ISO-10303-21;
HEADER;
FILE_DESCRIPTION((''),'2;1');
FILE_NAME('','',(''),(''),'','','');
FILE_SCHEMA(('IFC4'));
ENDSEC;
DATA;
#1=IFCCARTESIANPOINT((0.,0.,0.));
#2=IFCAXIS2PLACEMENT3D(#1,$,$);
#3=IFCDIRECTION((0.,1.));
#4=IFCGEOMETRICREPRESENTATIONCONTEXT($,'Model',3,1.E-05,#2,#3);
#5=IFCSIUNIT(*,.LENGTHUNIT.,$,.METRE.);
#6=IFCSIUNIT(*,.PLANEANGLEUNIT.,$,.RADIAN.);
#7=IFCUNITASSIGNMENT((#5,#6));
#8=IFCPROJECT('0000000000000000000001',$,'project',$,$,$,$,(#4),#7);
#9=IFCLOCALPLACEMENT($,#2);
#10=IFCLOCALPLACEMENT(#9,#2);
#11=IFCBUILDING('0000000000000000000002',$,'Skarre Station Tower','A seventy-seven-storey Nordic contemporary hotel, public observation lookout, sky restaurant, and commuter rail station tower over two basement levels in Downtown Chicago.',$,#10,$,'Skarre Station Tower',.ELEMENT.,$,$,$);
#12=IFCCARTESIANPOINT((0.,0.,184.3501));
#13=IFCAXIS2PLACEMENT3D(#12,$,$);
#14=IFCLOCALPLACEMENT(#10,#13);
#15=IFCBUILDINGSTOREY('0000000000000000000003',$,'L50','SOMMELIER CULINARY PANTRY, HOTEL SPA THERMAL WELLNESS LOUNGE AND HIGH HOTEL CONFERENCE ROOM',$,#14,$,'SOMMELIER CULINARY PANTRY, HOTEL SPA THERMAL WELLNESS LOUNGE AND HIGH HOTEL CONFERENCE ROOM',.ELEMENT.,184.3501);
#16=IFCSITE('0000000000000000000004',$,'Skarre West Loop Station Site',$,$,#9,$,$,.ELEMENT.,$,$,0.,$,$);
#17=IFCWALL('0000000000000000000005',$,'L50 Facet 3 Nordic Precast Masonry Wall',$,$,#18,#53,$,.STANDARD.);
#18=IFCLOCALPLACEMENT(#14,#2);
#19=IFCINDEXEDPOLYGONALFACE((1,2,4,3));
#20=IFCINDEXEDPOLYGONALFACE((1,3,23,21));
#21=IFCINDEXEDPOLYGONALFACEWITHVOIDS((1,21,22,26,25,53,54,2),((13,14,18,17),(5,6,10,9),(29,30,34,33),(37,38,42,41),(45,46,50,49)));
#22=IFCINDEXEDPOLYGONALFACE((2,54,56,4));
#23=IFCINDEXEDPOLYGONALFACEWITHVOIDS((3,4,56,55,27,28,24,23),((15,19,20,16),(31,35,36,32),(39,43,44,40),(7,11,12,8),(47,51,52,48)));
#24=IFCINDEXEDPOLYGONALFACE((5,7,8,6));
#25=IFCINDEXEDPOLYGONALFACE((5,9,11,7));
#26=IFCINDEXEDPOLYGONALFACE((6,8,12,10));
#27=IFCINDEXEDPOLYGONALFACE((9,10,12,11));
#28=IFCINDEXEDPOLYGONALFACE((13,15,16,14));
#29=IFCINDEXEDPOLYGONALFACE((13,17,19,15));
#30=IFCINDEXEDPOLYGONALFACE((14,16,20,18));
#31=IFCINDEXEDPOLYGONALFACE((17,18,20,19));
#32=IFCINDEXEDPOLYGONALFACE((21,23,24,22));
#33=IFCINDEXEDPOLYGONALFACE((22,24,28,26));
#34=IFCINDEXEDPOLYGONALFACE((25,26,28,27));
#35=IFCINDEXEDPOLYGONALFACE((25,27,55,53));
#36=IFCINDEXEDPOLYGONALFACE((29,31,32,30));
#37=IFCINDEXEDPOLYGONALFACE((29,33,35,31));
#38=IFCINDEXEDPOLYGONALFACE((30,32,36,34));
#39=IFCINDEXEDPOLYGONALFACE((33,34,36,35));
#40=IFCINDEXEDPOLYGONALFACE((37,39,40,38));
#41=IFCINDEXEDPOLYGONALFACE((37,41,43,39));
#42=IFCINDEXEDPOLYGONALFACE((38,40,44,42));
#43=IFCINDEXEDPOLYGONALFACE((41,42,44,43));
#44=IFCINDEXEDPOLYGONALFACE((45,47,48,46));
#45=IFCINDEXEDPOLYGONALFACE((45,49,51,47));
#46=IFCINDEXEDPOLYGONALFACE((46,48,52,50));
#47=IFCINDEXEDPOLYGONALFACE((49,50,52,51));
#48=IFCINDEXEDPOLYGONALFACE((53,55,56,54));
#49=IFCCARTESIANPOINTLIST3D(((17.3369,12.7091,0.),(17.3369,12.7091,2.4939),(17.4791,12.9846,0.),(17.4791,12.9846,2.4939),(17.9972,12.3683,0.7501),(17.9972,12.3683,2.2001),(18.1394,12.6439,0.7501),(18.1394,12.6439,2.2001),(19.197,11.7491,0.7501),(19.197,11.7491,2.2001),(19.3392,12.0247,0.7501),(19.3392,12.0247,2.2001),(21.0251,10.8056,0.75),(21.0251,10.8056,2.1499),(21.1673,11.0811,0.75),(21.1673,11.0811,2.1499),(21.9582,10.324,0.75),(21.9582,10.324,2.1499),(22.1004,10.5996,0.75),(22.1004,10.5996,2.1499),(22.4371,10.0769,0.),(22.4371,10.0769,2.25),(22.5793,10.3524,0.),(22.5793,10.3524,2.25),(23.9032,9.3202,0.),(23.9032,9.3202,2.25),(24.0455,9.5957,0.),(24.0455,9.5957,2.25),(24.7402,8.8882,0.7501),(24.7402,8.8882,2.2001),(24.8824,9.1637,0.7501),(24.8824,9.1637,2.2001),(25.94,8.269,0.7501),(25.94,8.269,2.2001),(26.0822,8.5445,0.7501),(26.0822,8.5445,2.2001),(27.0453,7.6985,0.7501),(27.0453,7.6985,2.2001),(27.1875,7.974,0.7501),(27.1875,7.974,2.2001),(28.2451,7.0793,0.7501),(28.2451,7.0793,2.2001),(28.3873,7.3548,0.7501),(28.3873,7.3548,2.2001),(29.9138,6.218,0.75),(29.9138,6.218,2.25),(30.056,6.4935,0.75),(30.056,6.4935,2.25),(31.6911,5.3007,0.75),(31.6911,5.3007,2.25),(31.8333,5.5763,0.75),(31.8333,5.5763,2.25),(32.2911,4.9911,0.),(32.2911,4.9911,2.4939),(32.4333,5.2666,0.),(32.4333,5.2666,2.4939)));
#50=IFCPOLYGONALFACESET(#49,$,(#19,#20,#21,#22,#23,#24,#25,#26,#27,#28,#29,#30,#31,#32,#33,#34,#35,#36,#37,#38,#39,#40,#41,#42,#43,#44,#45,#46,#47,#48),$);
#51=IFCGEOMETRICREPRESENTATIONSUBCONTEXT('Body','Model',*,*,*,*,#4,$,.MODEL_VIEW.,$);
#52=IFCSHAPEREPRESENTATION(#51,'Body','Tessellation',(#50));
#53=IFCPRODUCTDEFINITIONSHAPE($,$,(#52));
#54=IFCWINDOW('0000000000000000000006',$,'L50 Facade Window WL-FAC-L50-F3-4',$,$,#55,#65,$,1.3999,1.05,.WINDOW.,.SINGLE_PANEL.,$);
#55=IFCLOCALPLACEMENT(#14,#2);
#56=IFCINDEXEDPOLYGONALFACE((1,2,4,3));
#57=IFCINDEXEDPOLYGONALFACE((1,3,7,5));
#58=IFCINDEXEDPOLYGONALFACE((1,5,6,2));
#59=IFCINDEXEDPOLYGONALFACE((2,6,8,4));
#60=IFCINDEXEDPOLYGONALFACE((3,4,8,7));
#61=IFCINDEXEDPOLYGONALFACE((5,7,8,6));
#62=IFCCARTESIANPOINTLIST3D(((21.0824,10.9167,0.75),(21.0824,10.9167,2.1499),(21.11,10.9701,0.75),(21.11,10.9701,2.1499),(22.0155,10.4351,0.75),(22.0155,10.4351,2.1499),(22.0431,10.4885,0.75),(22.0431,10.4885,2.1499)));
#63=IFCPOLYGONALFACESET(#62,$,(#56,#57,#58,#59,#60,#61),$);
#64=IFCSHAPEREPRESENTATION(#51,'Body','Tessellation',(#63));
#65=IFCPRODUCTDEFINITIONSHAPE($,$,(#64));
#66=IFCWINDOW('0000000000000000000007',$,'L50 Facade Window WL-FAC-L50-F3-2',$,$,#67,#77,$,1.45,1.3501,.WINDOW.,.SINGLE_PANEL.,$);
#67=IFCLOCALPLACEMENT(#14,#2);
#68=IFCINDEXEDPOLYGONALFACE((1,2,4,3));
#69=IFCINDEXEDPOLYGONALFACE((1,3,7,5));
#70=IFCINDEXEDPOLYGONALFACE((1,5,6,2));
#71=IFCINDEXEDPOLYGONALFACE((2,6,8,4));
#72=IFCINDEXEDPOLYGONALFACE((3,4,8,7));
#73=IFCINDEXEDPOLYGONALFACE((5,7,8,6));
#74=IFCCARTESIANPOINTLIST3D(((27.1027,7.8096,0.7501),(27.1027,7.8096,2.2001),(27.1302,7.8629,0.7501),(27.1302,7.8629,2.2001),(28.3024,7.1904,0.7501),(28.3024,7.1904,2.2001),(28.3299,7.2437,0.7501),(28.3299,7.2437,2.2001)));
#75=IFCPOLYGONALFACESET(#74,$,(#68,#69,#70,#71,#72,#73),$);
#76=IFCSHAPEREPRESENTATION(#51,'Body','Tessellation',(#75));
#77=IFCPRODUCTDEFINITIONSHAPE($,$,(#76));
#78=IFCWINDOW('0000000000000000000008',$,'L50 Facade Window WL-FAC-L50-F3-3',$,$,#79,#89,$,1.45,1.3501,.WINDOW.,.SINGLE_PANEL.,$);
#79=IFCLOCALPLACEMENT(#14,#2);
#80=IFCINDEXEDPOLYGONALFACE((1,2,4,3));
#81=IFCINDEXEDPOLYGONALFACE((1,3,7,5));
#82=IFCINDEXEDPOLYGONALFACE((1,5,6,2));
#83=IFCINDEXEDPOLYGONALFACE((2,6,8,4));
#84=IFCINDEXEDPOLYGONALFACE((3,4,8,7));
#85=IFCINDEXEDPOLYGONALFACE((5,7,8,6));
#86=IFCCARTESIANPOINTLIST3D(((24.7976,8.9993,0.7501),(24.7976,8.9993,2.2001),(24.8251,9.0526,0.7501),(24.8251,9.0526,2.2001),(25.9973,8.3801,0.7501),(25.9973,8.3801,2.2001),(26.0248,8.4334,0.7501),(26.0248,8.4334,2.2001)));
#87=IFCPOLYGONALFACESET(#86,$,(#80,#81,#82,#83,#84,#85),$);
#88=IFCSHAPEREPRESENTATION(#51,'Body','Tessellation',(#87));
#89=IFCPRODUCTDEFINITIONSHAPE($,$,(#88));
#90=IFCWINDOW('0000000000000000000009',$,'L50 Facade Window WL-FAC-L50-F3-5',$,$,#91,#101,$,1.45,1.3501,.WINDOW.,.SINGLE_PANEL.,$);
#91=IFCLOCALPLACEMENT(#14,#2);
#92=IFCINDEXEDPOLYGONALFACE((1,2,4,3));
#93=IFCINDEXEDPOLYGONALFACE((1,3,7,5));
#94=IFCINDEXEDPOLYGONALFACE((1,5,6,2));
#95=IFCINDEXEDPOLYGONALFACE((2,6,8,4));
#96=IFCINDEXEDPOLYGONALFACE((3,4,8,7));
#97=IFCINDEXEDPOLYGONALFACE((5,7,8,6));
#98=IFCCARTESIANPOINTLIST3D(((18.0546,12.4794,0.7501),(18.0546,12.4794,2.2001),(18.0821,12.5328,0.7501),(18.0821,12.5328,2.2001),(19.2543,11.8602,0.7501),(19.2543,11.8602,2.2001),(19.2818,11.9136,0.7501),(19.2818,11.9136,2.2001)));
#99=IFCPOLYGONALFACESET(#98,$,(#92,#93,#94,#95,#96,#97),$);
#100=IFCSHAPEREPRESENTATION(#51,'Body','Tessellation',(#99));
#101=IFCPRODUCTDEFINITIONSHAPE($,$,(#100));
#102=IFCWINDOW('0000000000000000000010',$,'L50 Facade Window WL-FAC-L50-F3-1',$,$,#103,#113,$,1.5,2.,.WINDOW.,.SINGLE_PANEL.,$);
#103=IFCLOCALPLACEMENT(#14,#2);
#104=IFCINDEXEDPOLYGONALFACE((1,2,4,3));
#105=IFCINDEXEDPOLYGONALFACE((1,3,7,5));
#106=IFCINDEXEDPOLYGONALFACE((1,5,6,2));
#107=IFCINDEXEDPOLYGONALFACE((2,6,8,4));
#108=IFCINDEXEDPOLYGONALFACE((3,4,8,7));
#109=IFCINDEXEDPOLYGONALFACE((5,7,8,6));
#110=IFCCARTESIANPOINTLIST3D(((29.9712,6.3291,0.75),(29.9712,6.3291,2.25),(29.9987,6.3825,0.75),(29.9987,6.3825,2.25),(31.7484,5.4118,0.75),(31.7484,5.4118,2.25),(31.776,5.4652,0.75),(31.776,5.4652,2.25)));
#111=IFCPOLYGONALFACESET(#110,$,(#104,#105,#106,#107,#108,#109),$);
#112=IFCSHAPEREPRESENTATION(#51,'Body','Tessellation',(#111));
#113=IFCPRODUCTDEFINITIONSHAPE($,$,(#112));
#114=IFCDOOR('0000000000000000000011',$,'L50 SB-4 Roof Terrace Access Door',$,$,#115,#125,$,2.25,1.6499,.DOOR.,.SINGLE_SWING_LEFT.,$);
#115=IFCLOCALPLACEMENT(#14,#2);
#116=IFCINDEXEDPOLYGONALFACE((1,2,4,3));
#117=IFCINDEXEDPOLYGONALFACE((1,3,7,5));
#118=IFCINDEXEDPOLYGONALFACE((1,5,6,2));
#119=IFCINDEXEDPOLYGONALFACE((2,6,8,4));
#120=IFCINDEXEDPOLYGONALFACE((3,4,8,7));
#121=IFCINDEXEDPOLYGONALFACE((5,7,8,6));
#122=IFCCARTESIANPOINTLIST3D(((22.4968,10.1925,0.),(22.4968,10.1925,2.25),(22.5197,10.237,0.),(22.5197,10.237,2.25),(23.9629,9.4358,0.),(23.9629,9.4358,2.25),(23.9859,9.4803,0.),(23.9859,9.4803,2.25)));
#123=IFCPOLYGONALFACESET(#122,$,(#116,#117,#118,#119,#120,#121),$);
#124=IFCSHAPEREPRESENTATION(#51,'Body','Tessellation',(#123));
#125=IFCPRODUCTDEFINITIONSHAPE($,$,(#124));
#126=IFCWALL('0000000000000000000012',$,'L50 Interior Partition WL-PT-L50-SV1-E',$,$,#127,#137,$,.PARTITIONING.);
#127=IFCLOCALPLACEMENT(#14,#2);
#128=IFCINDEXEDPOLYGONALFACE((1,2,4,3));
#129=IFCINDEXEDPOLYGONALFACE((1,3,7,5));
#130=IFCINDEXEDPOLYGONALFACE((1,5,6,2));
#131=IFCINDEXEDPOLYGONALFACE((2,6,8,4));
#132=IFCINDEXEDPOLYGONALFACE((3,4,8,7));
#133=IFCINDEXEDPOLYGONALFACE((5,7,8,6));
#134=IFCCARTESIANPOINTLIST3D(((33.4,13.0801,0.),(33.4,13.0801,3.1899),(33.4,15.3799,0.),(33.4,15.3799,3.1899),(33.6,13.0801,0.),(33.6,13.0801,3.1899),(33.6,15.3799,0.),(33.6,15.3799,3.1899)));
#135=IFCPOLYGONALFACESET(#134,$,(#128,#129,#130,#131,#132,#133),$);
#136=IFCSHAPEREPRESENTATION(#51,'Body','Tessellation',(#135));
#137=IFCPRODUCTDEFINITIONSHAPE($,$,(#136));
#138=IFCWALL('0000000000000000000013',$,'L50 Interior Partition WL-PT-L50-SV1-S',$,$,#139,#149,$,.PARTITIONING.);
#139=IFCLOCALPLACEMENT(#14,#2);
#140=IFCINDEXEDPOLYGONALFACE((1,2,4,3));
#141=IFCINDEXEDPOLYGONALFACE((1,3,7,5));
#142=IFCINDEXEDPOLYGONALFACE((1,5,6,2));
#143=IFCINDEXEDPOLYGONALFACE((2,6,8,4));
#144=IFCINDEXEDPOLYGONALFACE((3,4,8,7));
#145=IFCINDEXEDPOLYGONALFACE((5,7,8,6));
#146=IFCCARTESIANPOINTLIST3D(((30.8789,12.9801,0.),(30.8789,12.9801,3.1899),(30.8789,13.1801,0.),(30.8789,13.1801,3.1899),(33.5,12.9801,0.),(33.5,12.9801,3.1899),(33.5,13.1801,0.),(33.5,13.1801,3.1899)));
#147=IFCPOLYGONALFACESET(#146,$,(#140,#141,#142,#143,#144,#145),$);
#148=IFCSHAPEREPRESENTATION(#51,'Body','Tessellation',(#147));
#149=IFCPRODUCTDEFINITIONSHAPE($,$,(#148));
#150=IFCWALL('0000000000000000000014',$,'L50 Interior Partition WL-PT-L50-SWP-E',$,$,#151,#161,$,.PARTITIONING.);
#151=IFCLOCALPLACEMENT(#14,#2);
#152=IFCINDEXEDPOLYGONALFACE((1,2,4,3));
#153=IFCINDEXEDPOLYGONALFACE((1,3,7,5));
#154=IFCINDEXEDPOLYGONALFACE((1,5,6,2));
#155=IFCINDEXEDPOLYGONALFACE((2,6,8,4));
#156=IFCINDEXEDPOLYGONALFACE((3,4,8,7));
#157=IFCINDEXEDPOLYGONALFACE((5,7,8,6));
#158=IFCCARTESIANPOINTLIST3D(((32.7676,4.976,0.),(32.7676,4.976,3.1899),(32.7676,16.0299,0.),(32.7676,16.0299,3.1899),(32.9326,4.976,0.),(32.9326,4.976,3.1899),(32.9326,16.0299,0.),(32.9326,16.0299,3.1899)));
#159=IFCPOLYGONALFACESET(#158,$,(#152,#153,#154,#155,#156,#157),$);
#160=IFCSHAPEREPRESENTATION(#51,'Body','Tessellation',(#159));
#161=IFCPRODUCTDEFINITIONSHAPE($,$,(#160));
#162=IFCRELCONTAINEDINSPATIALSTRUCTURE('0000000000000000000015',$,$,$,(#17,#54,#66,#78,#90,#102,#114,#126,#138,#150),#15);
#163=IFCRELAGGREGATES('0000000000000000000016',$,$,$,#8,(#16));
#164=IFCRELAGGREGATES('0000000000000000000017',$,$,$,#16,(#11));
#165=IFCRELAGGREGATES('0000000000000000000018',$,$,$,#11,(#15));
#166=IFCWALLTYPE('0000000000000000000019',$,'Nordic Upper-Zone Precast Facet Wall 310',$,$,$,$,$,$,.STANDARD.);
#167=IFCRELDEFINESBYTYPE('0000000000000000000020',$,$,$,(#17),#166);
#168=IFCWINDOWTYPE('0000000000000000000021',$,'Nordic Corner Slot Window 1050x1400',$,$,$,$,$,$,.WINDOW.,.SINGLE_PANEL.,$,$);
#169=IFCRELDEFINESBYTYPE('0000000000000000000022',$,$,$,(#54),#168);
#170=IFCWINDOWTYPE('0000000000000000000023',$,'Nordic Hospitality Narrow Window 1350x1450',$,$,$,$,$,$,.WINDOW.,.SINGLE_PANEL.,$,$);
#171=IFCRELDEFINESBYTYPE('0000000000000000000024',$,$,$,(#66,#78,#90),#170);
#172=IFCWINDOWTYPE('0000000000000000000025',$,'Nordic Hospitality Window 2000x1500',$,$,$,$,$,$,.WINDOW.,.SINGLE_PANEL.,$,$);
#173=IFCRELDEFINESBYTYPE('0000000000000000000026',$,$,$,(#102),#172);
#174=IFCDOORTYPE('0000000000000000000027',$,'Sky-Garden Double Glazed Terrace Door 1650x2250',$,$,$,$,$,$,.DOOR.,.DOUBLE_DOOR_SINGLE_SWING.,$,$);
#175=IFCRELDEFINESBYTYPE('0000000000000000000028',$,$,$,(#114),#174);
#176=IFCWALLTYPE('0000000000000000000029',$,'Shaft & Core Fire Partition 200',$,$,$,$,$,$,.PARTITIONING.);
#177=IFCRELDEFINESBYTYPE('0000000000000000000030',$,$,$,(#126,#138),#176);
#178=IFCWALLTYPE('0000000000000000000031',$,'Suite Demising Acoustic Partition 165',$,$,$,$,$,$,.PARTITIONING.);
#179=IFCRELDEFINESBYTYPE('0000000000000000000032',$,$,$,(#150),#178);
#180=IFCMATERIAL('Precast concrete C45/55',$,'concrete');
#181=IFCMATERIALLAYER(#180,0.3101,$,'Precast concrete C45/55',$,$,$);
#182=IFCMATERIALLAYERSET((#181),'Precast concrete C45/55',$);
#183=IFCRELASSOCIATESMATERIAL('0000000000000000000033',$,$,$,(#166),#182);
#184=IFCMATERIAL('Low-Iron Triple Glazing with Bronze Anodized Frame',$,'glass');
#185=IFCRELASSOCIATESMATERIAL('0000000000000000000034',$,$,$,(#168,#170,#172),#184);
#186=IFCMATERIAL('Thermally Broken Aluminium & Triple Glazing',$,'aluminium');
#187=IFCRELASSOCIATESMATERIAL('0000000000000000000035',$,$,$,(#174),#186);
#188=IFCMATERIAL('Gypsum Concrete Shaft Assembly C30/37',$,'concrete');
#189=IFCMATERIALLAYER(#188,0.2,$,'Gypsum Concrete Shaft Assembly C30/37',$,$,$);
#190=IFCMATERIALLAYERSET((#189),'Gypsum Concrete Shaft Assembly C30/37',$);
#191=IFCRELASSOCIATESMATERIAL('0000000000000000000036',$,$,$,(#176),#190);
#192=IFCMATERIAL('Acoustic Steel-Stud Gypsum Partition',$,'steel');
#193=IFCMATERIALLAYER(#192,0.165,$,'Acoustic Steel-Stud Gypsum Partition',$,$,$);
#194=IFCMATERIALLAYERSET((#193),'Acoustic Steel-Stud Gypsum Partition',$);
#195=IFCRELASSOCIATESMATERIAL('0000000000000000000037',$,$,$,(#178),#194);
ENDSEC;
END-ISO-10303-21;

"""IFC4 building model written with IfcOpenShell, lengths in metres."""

from ifc_helpers import new_model, si_unit, direction, frame, frame_2d, origin, place, context, subcontext, project, spatial, rectangle, extrude, material, layer, layer_set, type_object, element, fill, save


model = new_model("IFC4")

# Units and contexts
model_context = context("Model", 3, precision=1e-05, world=origin(), true_north=direction((0.0, 1.0)))
body_context = subcontext(model_context, "Body", "Model", "MODEL_VIEW")
ifc_project = project(units=[si_unit("LENGTHUNIT", "METRE"), si_unit("PLANEANGLEUNIT", "RADIAN")], contexts=[model_context])

# Site, building, storey
site_placement = place(None, origin())
site = spatial("IfcSite", under=ifc_project, at=site_placement, Name="Skarre West Loop Station Site", CompositionType="ELEMENT", RefElevation=0.0)
building_placement = place(site_placement, origin())
building = spatial("IfcBuilding", under=site, at=building_placement, Name="Skarre Station Tower", Description="A seventy-seven-storey Nordic contemporary hotel, public observation lookout, sky restaurant, and commuter rail station tower over two basement levels in Downtown Chicago.", LongName="Skarre Station Tower", CompositionType="ELEMENT")
storey_placement = place(building_placement, frame((0.0, 0.0, 184.3501)))
storey = spatial("IfcBuildingStorey", under=building, at=storey_placement, Name="L50", Description="SOMMELIER CULINARY PANTRY, HOTEL SPA THERMAL WELLNESS LOUNGE AND HIGH HOTEL CONFERENCE ROOM", LongName="SOMMELIER CULINARY PANTRY, HOTEL SPA THERMAL WELLNESS LOUNGE AND HIGH HOTEL CONFERENCE ROOM", CompositionType="ELEMENT", Elevation=184.3501)

# Shared definitions
ifc_material_1 = material(Name="Precast concrete C45/55", Category="concrete")

# Wall, openings, windows, door
ifc_layer_1 = layer(ifc_material_1, 0.3101, Name="Precast concrete C45/55")
ifc_layer_set_1 = layer_set([ifc_layer_1], Name="Precast concrete C45/55")
wall_type_1 = type_object("IfcWallType", Name="Nordic Upper-Zone Precast Facet Wall 310", PredefinedType="STANDARD", material=ifc_layer_set_1)
wall_1_placement = place(storey_placement, frame((32.3621, 5.1289, 0.0), z_axis=(0.0, 0.0, 1.0), x_axis=(-0.888626, 0.458632, 0.0)))
wall_1 = element("IfcWall", 1, at=wall_1_placement, inside=storey, type_object=wall_type_1, Name="L50 Facet 3 Nordic Precast Masonry Wall", PredefinedType="STANDARD", context=body_context, shape_type="SweptSolid", body=[
    extrude(rectangle(XDim=16.8284, YDim=0.3101, at=frame_2d((8.4141, 0.0))), origin(), (0.0, 0.0, 1.0), 2.4939),
])
opening_1_placement = place(wall_1_placement, frame((9.439, 0.0, 0.0)))
opening_1 = element("IfcOpeningElement", 2, at=opening_1_placement, cuts=wall_1, PredefinedType="OPENING", context=body_context, shape_type="SweptSolid", body=[
    extrude(rectangle(XDim=1.6499, YDim=2.25, at=frame_2d((0.825, 1.125))), frame((0.0, 0.165, 0.0), z_axis=(0.0, -1.0, 0.0), x_axis=(1.0, 0.0, 0.0)), (0.0, 0.0, 1.0), 0.3301),
])
opening_2_placement = place(wall_1_placement, frame((0.675, 0.0, 0.75)))
opening_2 = element("IfcOpeningElement", 3, at=opening_2_placement, cuts=wall_1, PredefinedType="OPENING", context=body_context, shape_type="SweptSolid", body=[
    extrude(rectangle(XDim=2.0, YDim=1.5, at=frame_2d((1.0, 0.75))), frame((0.0, 0.165, 0.0), z_axis=(0.0, -1.0, 0.0), x_axis=(1.0, 0.0, 0.0)), (0.0, 0.0, 1.0), 0.3301),
])
opening_3_placement = place(wall_1_placement, frame((4.553, 0.0, 0.75)))
opening_3 = element("IfcOpeningElement", 4, at=opening_3_placement, cuts=wall_1, PredefinedType="OPENING", context=body_context, shape_type="SweptSolid", body=[
    extrude(rectangle(XDim=1.3501, YDim=1.45, at=frame_2d((0.675, 0.7251))), frame((0.0, 0.165, 0.0), z_axis=(0.0, -1.0, 0.0), x_axis=(1.0, 0.0, 0.0)), (0.0, 0.0, 1.0), 0.3301),
])
opening_4_placement = place(wall_1_placement, frame((7.147, 0.0, 0.75)))
opening_4 = element("IfcOpeningElement", 5, at=opening_4_placement, cuts=wall_1, PredefinedType="OPENING", context=body_context, shape_type="SweptSolid", body=[
    extrude(rectangle(XDim=1.3501, YDim=1.45, at=frame_2d((0.675, 0.7251))), frame((0.0, 0.165, 0.0), z_axis=(0.0, -1.0, 0.0), x_axis=(1.0, 0.0, 0.0)), (0.0, 0.0, 1.0), 0.3301),
])
opening_5_placement = place(wall_1_placement, frame((11.6279, 0.0, 0.75)))
opening_5 = element("IfcOpeningElement", 6, at=opening_5_placement, cuts=wall_1, PredefinedType="OPENING", context=body_context, shape_type="SweptSolid", body=[
    extrude(rectangle(XDim=1.05, YDim=1.3999, at=frame_2d((0.5249, 0.7))), frame((0.0, 0.165, 0.0), z_axis=(0.0, -1.0, 0.0), x_axis=(1.0, 0.0, 0.0)), (0.0, 0.0, 1.0), 0.3301),
])
opening_6_placement = place(wall_1_placement, frame((14.7351, 0.0, 0.75)))
opening_6 = element("IfcOpeningElement", 7, at=opening_6_placement, cuts=wall_1, PredefinedType="OPENING", context=body_context, shape_type="SweptSolid", body=[
    extrude(rectangle(XDim=1.3501, YDim=1.45, at=frame_2d((0.675, 0.7251))), frame((0.0, 0.165, 0.0), z_axis=(0.0, -1.0, 0.0), x_axis=(1.0, 0.0, 0.0)), (0.0, 0.0, 1.0), 0.3301),
])
ifc_material_2 = material(Name="Low-Iron Triple Glazing with Bronze Anodized Frame", Category="glass")
window_type_1 = type_object("IfcWindowType", Name="Nordic Corner Slot Window 1050x1400", PartitioningType="SINGLE_PANEL", PredefinedType="WINDOW", material=ifc_material_2)
window_1_placement = place(opening_5_placement, origin())
window_1 = element("IfcWindow", 8, at=window_1_placement, inside=storey, type_object=window_type_1, Name="L50 Facade Window WL-FAC-L50-F3-4", OverallHeight=1.3999, OverallWidth=1.05, PartitioningType="SINGLE_PANEL", PredefinedType="WINDOW", context=body_context, shape_type="SweptSolid", body=[
    extrude(rectangle(XDim=1.05, YDim=1.3999, at=frame_2d((0.5249, 0.7))), frame((0.0, 0.03, 0.0), z_axis=(0.0, -1.0, 0.0), x_axis=(1.0, 0.0, 0.0)), (0.0, 0.0, 1.0), 0.0601),
])
fill(opening_5, window_1)
window_type_2 = type_object("IfcWindowType", Name="Nordic Hospitality Narrow Window 1350x1450", PartitioningType="SINGLE_PANEL", PredefinedType="WINDOW", material=ifc_material_2)
window_2_placement = place(opening_3_placement, origin())
window_2 = element("IfcWindow", 9, at=window_2_placement, inside=storey, type_object=window_type_2, Name="L50 Facade Window WL-FAC-L50-F3-2", OverallHeight=1.45, OverallWidth=1.3501, PartitioningType="SINGLE_PANEL", PredefinedType="WINDOW", context=body_context, shape_type="SweptSolid", body=[
    extrude(rectangle(XDim=1.3501, YDim=1.45, at=frame_2d((0.675, 0.7251))), frame((0.0, 0.03, 0.0), z_axis=(0.0, -1.0, 0.0), x_axis=(1.0, 0.0, 0.0)), (0.0, 0.0, 1.0), 0.0601),
])
fill(opening_3, window_2)
window_3_placement = place(opening_4_placement, origin())
window_3 = element("IfcWindow", 10, at=window_3_placement, inside=storey, type_object=window_type_2, Name="L50 Facade Window WL-FAC-L50-F3-3", OverallHeight=1.45, OverallWidth=1.3501, PartitioningType="SINGLE_PANEL", PredefinedType="WINDOW", context=body_context, shape_type="SweptSolid", body=[
    extrude(rectangle(XDim=1.3501, YDim=1.45, at=frame_2d((0.675, 0.7251))), frame((0.0, 0.03, 0.0), z_axis=(0.0, -1.0, 0.0), x_axis=(1.0, 0.0, 0.0)), (0.0, 0.0, 1.0), 0.0601),
])
fill(opening_4, window_3)
window_4_placement = place(opening_6_placement, origin())
window_4 = element("IfcWindow", 11, at=window_4_placement, inside=storey, type_object=window_type_2, Name="L50 Facade Window WL-FAC-L50-F3-5", OverallHeight=1.45, OverallWidth=1.3501, PartitioningType="SINGLE_PANEL", PredefinedType="WINDOW", context=body_context, shape_type="SweptSolid", body=[
    extrude(rectangle(XDim=1.3501, YDim=1.45, at=frame_2d((0.675, 0.7251))), frame((0.0, 0.03, 0.0), z_axis=(0.0, -1.0, 0.0), x_axis=(1.0, 0.0, 0.0)), (0.0, 0.0, 1.0), 0.0601),
])
fill(opening_6, window_4)
window_type_3 = type_object("IfcWindowType", Name="Nordic Hospitality Window 2000x1500", PartitioningType="SINGLE_PANEL", PredefinedType="WINDOW", material=ifc_material_2)
window_5_placement = place(opening_2_placement, origin())
window_5 = element("IfcWindow", 12, at=window_5_placement, inside=storey, type_object=window_type_3, Name="L50 Facade Window WL-FAC-L50-F3-1", OverallHeight=1.5, OverallWidth=2.0, PartitioningType="SINGLE_PANEL", PredefinedType="WINDOW", context=body_context, shape_type="SweptSolid", body=[
    extrude(rectangle(XDim=2.0, YDim=1.5, at=frame_2d((1.0, 0.75))), frame((0.0, 0.03, 0.0), z_axis=(0.0, -1.0, 0.0), x_axis=(1.0, 0.0, 0.0)), (0.0, 0.0, 1.0), 0.0601),
])
fill(opening_2, window_5)
ifc_material_3 = material(Name="Thermally Broken Aluminium & Triple Glazing", Category="aluminium")
door_type = type_object("IfcDoorType", Name="Sky-Garden Double Glazed Terrace Door 1650x2250", OperationType="DOUBLE_DOOR_SINGLE_SWING", PredefinedType="DOOR", material=ifc_material_3)
door_placement = place(opening_1_placement, origin())
door = element("IfcDoor", 13, at=door_placement, inside=storey, type_object=door_type, Name="L50 SB-4 Roof Terrace Access Door", OperationType="SINGLE_SWING_LEFT", OverallHeight=2.25, OverallWidth=1.6499, PredefinedType="DOOR", context=body_context, shape_type="SweptSolid", body=[
    extrude(rectangle(XDim=1.6499, YDim=2.25, at=frame_2d((0.825, 1.125))), frame((0.0, 0.0249, 0.0), z_axis=(0.0, -1.0, 0.0), x_axis=(1.0, 0.0, 0.0)), (0.0, 0.0, 1.0), 0.05),
])
fill(opening_1, door)

# Walls
ifc_material_4 = material(Name="Gypsum Concrete Shaft Assembly C30/37", Category="concrete")
ifc_layer_2 = layer(ifc_material_4, 0.2, Name="Gypsum Concrete Shaft Assembly C30/37")
ifc_layer_set_2 = layer_set([ifc_layer_2], Name="Gypsum Concrete Shaft Assembly C30/37")
wall_type_2 = type_object("IfcWallType", Name="Shaft & Core Fire Partition 200", PredefinedType="PARTITIONING", material=ifc_layer_set_2)
wall_2_placement = place(storey_placement, frame((33.5, 13.0801, 0.0), z_axis=(0.0, 0.0, 1.0), x_axis=(0.0, 1.0, 0.0)))
element("IfcWall", 14, at=wall_2_placement, inside=storey, type_object=wall_type_2, Name="L50 Interior Partition WL-PT-L50-SV1-E", PredefinedType="PARTITIONING", context=body_context, shape_type="SweptSolid", body=[
    extrude(rectangle(XDim=2.2998, YDim=0.2, at=frame_2d((1.1499, 0.0))), origin(), (0.0, 0.0, 1.0), 3.1899),
])
wall_3_placement = place(storey_placement, frame((30.8789, 13.0801, 0.0), z_axis=(0.0, 0.0, 1.0), x_axis=(1.0, 0.0, 0.0)))
element("IfcWall", 15, at=wall_3_placement, inside=storey, type_object=wall_type_2, Name="L50 Interior Partition WL-PT-L50-SV1-S", PredefinedType="PARTITIONING", context=body_context, shape_type="SweptSolid", body=[
    extrude(rectangle(XDim=2.6211, YDim=0.2, at=frame_2d((1.3105, 0.0))), origin(), (0.0, 0.0, 1.0), 3.1899),
])
ifc_material_5 = material(Name="Acoustic Steel-Stud Gypsum Partition", Category="steel")
ifc_layer_3 = layer(ifc_material_5, 0.165, Name="Acoustic Steel-Stud Gypsum Partition")
ifc_layer_set_3 = layer_set([ifc_layer_3], Name="Acoustic Steel-Stud Gypsum Partition")
wall_type_3 = type_object("IfcWallType", Name="Suite Demising Acoustic Partition 165", PredefinedType="PARTITIONING", material=ifc_layer_set_3)
wall_4_placement = place(storey_placement, frame((32.8501, 4.9761, 0.0), z_axis=(0.0, 0.0, 1.0), x_axis=(0.0, 1.0, 0.0)))
element("IfcWall", 16, at=wall_4_placement, inside=storey, type_object=wall_type_3, Name="L50 Interior Partition WL-PT-L50-SWP-E", PredefinedType="PARTITIONING", context=body_context, shape_type="SweptSolid", body=[
    extrude(rectangle(XDim=11.054, YDim=0.165, at=frame_2d((5.5269, 0.0))), origin(), (0.0, 0.0, 1.0), 3.1899),
])

save(model, "model.ifc")
